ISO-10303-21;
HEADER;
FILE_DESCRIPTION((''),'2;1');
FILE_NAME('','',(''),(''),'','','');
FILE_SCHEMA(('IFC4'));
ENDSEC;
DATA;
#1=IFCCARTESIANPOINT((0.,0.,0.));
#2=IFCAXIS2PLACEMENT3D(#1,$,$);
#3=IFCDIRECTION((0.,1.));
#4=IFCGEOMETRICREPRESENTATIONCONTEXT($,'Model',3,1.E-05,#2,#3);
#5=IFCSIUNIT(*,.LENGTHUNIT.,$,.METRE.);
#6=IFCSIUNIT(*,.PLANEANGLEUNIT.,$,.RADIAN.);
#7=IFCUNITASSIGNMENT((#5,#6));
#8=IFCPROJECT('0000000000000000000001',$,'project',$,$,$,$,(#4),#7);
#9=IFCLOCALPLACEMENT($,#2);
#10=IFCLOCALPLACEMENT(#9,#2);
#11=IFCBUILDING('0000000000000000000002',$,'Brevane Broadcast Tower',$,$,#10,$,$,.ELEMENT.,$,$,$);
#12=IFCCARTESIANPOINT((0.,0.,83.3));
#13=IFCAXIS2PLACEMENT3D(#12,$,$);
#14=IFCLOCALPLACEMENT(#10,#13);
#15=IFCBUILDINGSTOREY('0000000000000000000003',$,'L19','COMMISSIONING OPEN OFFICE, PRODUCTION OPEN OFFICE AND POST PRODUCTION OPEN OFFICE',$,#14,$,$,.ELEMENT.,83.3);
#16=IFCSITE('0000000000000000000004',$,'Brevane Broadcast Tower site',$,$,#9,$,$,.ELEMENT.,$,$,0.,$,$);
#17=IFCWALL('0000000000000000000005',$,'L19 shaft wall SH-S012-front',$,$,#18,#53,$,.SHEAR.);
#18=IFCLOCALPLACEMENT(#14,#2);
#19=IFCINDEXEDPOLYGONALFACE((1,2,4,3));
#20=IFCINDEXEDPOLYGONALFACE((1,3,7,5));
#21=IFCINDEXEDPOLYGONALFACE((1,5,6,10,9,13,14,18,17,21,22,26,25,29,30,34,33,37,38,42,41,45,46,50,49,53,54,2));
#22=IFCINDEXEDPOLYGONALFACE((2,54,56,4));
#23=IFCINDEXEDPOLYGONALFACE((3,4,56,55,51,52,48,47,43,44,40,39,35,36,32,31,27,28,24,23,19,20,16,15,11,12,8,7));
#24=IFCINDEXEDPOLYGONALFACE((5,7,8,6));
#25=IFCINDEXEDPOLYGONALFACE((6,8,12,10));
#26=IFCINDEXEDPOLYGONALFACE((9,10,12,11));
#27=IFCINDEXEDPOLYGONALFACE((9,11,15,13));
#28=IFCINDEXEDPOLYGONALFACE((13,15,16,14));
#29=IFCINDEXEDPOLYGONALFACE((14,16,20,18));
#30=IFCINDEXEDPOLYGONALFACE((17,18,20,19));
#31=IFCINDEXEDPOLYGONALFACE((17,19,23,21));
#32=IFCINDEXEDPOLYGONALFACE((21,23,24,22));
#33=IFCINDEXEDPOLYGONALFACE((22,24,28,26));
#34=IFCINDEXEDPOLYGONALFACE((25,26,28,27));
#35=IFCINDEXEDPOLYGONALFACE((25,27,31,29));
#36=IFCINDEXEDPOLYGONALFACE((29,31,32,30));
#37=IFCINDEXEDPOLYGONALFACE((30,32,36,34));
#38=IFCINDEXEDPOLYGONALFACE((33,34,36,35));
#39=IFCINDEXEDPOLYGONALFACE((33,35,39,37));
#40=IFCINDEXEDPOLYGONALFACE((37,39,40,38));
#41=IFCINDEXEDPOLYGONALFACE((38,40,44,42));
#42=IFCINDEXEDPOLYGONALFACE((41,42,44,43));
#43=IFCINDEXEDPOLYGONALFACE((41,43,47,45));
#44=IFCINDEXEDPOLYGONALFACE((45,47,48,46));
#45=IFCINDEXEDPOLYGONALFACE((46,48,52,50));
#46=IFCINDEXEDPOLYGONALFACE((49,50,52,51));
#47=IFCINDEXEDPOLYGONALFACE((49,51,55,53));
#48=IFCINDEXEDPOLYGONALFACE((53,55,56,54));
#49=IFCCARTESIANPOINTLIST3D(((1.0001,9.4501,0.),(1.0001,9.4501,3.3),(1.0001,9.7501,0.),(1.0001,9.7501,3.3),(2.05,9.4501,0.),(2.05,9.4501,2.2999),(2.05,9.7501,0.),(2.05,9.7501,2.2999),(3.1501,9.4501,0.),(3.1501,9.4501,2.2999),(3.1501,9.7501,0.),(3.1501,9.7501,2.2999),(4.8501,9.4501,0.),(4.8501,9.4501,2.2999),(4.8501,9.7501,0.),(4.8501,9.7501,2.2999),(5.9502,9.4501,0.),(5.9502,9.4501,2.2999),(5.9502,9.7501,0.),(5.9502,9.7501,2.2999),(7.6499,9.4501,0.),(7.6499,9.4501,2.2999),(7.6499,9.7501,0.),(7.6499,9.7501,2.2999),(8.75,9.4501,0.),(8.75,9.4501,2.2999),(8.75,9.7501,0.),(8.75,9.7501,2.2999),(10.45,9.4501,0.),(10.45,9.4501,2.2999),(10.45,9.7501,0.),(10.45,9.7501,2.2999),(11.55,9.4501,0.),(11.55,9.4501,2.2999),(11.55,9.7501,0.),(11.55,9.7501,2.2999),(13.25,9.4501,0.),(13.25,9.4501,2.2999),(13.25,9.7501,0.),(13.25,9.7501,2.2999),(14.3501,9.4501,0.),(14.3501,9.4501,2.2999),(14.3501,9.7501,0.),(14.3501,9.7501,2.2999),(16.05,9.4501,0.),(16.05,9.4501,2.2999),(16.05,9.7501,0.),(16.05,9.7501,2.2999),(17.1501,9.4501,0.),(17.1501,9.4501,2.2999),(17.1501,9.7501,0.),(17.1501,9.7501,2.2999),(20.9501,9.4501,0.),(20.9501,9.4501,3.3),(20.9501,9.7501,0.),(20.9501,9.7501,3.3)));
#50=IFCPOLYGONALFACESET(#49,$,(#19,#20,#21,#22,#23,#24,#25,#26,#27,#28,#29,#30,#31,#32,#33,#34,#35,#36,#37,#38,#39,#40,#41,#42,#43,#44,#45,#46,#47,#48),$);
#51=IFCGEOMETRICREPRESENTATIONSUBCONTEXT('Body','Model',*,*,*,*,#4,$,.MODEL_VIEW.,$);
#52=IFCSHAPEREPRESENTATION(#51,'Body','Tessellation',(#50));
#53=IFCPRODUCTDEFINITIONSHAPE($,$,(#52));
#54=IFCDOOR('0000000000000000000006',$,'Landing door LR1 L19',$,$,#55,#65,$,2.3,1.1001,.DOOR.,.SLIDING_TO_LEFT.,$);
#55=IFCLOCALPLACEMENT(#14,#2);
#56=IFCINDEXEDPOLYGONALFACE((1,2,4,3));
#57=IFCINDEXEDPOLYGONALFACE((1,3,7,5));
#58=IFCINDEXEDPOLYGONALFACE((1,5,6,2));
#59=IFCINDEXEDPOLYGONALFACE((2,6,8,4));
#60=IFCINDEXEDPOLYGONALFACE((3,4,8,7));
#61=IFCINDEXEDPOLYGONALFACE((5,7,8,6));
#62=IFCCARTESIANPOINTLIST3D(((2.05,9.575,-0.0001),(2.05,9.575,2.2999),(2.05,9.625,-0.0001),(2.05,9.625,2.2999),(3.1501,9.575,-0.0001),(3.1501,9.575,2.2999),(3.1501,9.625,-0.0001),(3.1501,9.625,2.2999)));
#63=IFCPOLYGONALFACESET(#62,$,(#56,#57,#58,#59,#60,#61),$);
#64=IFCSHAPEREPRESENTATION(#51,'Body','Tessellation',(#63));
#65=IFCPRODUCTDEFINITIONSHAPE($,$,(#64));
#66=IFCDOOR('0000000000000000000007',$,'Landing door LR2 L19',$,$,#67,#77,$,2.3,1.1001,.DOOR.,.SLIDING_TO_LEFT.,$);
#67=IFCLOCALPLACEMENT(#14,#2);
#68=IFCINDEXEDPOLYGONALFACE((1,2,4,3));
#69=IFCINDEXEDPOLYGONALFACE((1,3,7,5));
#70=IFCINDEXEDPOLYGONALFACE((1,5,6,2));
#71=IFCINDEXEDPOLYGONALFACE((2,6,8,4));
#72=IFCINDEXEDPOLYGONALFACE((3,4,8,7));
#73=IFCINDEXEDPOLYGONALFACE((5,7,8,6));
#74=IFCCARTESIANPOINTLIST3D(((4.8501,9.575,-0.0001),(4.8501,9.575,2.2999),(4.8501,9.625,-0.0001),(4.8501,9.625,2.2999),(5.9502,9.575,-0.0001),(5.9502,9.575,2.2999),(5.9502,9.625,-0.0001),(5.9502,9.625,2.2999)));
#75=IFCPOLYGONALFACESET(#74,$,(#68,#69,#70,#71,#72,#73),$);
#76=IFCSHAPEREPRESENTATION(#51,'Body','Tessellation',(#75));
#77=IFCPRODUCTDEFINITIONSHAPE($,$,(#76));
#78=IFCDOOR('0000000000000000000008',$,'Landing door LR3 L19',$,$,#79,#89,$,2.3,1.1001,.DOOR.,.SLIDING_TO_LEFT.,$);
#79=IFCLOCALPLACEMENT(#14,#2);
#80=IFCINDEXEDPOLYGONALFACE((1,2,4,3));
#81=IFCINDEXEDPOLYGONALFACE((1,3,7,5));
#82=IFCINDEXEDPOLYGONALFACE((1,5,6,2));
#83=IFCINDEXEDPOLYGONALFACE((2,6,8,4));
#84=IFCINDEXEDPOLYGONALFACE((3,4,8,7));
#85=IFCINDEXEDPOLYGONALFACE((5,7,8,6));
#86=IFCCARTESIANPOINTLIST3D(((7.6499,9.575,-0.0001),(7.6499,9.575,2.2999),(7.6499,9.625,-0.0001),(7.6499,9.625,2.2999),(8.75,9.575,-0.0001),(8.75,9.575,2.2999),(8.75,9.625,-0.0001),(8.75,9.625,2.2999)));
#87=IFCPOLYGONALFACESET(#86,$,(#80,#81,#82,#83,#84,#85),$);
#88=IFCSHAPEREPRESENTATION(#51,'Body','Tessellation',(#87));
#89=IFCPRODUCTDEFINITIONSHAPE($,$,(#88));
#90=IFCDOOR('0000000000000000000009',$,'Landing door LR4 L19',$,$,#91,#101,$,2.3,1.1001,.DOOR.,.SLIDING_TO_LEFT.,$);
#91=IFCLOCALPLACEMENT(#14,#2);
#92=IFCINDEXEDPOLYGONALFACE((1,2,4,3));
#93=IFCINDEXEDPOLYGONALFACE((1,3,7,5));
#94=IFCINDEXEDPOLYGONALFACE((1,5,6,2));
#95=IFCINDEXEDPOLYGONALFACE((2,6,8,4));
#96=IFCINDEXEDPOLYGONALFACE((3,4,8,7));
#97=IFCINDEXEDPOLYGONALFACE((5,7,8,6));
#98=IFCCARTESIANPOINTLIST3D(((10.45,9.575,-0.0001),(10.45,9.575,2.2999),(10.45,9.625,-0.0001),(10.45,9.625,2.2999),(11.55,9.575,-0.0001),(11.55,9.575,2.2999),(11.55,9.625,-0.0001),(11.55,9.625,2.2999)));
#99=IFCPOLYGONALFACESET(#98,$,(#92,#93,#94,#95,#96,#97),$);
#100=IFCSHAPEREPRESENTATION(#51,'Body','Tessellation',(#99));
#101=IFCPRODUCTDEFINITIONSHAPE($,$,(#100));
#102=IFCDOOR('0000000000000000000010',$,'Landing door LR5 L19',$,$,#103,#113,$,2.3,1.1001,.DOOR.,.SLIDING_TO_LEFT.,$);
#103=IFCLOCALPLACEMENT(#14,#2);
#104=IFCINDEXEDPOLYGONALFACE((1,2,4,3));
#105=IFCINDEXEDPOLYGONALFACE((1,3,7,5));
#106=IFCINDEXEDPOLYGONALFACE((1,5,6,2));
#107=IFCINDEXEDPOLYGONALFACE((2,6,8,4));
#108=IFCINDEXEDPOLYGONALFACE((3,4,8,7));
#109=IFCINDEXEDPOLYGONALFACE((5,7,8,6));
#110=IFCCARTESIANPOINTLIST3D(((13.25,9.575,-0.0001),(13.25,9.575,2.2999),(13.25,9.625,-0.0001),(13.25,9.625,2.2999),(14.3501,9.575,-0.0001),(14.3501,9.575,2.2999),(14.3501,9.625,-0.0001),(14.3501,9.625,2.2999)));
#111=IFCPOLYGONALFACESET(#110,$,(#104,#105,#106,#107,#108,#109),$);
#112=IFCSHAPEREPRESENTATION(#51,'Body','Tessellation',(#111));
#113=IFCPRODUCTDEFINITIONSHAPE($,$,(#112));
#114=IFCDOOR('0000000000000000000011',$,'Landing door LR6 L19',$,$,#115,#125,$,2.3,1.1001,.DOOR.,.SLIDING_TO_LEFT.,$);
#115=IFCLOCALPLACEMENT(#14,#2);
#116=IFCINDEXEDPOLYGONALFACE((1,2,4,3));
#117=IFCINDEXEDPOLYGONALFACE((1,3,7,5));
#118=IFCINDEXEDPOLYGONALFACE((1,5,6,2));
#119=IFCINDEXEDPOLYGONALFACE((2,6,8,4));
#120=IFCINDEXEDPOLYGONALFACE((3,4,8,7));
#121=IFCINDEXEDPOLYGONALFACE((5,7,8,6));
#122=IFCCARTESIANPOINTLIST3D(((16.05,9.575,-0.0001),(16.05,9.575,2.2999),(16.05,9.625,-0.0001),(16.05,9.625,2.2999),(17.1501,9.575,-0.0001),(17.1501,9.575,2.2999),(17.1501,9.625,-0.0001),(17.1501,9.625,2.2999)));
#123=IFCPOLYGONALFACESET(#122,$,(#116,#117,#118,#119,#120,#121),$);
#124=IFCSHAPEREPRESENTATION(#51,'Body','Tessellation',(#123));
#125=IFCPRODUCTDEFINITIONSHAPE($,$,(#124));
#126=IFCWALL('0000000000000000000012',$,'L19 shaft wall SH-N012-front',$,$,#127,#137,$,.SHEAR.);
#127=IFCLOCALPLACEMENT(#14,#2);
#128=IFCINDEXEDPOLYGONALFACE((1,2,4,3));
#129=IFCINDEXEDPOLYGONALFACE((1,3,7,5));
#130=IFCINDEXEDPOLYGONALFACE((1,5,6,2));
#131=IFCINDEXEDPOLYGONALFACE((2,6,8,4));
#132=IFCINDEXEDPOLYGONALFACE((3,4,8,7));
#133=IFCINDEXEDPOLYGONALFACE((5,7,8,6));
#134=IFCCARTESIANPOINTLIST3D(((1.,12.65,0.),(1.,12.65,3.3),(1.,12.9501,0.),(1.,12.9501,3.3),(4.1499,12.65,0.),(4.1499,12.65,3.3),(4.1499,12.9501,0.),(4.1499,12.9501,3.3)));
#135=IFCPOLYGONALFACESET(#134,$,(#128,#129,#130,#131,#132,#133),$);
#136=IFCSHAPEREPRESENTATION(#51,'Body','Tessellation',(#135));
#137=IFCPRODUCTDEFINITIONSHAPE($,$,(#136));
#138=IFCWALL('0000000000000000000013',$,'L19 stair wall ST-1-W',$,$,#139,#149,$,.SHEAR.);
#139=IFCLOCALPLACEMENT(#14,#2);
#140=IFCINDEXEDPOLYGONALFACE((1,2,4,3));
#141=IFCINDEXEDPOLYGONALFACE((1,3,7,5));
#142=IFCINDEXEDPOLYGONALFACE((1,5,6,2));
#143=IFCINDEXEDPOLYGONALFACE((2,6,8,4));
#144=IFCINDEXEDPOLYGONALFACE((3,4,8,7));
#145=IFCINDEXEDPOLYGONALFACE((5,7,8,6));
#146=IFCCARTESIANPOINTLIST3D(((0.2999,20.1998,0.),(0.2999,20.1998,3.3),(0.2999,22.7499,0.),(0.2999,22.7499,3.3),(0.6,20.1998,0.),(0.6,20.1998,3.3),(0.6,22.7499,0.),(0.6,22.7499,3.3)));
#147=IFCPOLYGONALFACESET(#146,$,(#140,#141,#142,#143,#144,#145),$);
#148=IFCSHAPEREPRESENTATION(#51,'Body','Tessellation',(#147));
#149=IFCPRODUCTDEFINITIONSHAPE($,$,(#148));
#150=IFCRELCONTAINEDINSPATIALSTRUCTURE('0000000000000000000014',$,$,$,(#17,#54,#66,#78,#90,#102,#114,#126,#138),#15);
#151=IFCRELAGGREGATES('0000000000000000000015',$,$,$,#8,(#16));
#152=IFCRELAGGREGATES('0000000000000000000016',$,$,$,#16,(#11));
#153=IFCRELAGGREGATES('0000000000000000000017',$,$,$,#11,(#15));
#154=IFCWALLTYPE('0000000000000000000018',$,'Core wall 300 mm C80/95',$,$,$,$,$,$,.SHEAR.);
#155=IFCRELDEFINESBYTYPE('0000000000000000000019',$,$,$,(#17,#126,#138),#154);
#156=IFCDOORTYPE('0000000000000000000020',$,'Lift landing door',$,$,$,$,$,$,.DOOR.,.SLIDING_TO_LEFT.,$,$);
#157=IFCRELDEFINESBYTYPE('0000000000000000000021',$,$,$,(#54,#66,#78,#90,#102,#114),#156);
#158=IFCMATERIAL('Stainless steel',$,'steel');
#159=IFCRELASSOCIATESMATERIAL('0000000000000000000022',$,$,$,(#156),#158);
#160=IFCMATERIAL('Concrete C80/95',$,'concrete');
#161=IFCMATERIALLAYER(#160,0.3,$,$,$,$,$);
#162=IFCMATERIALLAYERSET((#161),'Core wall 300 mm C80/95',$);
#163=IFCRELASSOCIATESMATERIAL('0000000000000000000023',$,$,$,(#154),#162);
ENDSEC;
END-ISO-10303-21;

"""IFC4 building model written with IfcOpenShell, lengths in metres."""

from ifc_helpers import new_model, si_unit, direction, frame, frame_2d, origin, place, context, subcontext, project, spatial, rectangle, extrude, material, layer, layer_set, type_object, element, fill, save


model = new_model("IFC4")

# Units and contexts
model_context = context("Model", 3, precision=1e-05, world=origin(), true_north=direction((0.0, 1.0)))
body_context = subcontext(model_context, "Body", "Model", "MODEL_VIEW")
ifc_project = project(units=[si_unit("LENGTHUNIT", "METRE"), si_unit("PLANEANGLEUNIT", "RADIAN")], contexts=[model_context])

# Site, building, storey
site_placement = place(None, origin())
site = spatial("IfcSite", under=ifc_project, at=site_placement, Name="Brevane Broadcast Tower site", CompositionType="ELEMENT", RefElevation=0.0)
building_placement = place(site_placement, origin())
building = spatial("IfcBuilding", under=site, at=building_placement, Name="Brevane Broadcast Tower", CompositionType="ELEMENT")
storey_placement = place(building_placement, frame((0.0, 0.0, 83.3)))
storey = spatial("IfcBuildingStorey", under=building, at=storey_placement, Name="L19", Description="COMMISSIONING OPEN OFFICE, PRODUCTION OPEN OFFICE AND POST PRODUCTION OPEN OFFICE", CompositionType="ELEMENT", Elevation=83.3)

# Shared definitions
ifc_material_1 = material(Name="Concrete C80/95", Category="concrete")
ifc_material_2 = material(Name="Stainless steel", Category="steel")
door_type = type_object("IfcDoorType", Name="Lift landing door", OperationType="SLIDING_TO_LEFT", PredefinedType="DOOR", material=ifc_material_2)

# Wall, openings, doors
ifc_layer_1 = layer(ifc_material_1, 0.3)
ifc_layer_set_1 = layer_set([ifc_layer_1], Name="Core wall 300 mm C80/95")
wall_type_1 = type_object("IfcWallType", Name="Core wall 300 mm C80/95", PredefinedType="SHEAR", material=ifc_layer_set_1)
wall_1_placement = place(storey_placement, frame((1.0, 9.6001, 0.0), z_axis=(0.0, 0.0, 1.0), x_axis=(1.0, 0.0, 0.0)))
wall_1 = element("IfcWall", 1, at=wall_1_placement, inside=storey, type_object=wall_type_1, Name="L19 shaft wall SH-S012-front", PredefinedType="SHEAR", context=body_context, shape_type="SweptSolid", body=[
    extrude(rectangle(XDim=19.95, YDim=0.3, at=frame_2d((9.9751, 0.0))), origin(), (0.0, 0.0, 1.0), 3.3),
])
opening_1_placement = place(wall_1_placement, frame((1.05, 0.0, 0.0)))
opening_1 = element("IfcOpeningElement", 2, at=opening_1_placement, cuts=wall_1, PredefinedType="OPENING", context=body_context, shape_type="SweptSolid", body=[
    extrude(rectangle(XDim=1.1001, YDim=2.3, at=frame_2d((0.55, 1.1499))), frame((0.0, 0.1599, 0.0), z_axis=(0.0, -1.0, 0.0), x_axis=(1.0, 0.0, 0.0)), (0.0, 0.0, 1.0), 0.3201),
])
opening_2_placement = place(wall_1_placement, frame((3.8501, 0.0, 0.0)))
opening_2 = element("IfcOpeningElement", 3, at=opening_2_placement, cuts=wall_1, PredefinedType="OPENING", context=body_context, shape_type="SweptSolid", body=[
    extrude(rectangle(XDim=1.1001, YDim=2.3, at=frame_2d((0.55, 1.1499))), frame((0.0, 0.1599, 0.0), z_axis=(0.0, -1.0, 0.0), x_axis=(1.0, 0.0, 0.0)), (0.0, 0.0, 1.0), 0.3201),
])
opening_3_placement = place(wall_1_placement, frame((6.6499, 0.0, 0.0)))
opening_3 = element("IfcOpeningElement", 4, at=opening_3_placement, cuts=wall_1, PredefinedType="OPENING", context=body_context, shape_type="SweptSolid", body=[
    extrude(rectangle(XDim=1.1001, YDim=2.3, at=frame_2d((0.55, 1.1499))), frame((0.0, 0.1599, 0.0), z_axis=(0.0, -1.0, 0.0), x_axis=(1.0, 0.0, 0.0)), (0.0, 0.0, 1.0), 0.3201),
])
opening_4_placement = place(wall_1_placement, frame((9.45, 0.0, 0.0)))
opening_4 = element("IfcOpeningElement", 5, at=opening_4_placement, cuts=wall_1, PredefinedType="OPENING", context=body_context, shape_type="SweptSolid", body=[
    extrude(rectangle(XDim=1.1001, YDim=2.3, at=frame_2d((0.55, 1.1499))), frame((0.0, 0.1599, 0.0), z_axis=(0.0, -1.0, 0.0), x_axis=(1.0, 0.0, 0.0)), (0.0, 0.0, 1.0), 0.3201),
])
opening_5_placement = place(wall_1_placement, frame((12.25, 0.0, 0.0)))
opening_5 = element("IfcOpeningElement", 6, at=opening_5_placement, cuts=wall_1, PredefinedType="OPENING", context=body_context, shape_type="SweptSolid", body=[
    extrude(rectangle(XDim=1.1001, YDim=2.3, at=frame_2d((0.55, 1.1499))), frame((0.0, 0.1599, 0.0), z_axis=(0.0, -1.0, 0.0), x_axis=(1.0, 0.0, 0.0)), (0.0, 0.0, 1.0), 0.3201),
])
opening_6_placement = place(wall_1_placement, frame((15.05, 0.0, 0.0)))
opening_6 = element("IfcOpeningElement", 7, at=opening_6_placement, cuts=wall_1, PredefinedType="OPENING", context=body_context, shape_type="SweptSolid", body=[
    extrude(rectangle(XDim=1.1001, YDim=2.3, at=frame_2d((0.55, 1.1499))), frame((0.0, 0.1599, 0.0), z_axis=(0.0, -1.0, 0.0), x_axis=(1.0, 0.0, 0.0)), (0.0, 0.0, 1.0), 0.3201),
])
door_1_placement = place(opening_1_placement, origin())
door_1 = element("IfcDoor", 8, at=door_1_placement, inside=storey, type_object=door_type, Name="Landing door LR1 L19", OperationType="SLIDING_TO_LEFT", OverallHeight=2.3, OverallWidth=1.1001, PredefinedType="DOOR", context=body_context, shape_type="SweptSolid", body=[
    extrude(rectangle(XDim=1.1001, YDim=2.3, at=frame_2d((0.55, 1.1499))), frame((0.0, 0.0249, 0.0), z_axis=(0.0, -1.0, 0.0), x_axis=(1.0, 0.0, 0.0)), (0.0, 0.0, 1.0), 0.05),
])
fill(opening_1, door_1)
door_2_placement = place(opening_2_placement, origin())
door_2 = element("IfcDoor", 9, at=door_2_placement, inside=storey, type_object=door_type, Name="Landing door LR2 L19", OperationType="SLIDING_TO_LEFT", OverallHeight=2.3, OverallWidth=1.1001, PredefinedType="DOOR", context=body_context, shape_type="SweptSolid", body=[
    extrude(rectangle(XDim=1.1001, YDim=2.3, at=frame_2d((0.55, 1.1499))), frame((0.0, 0.0249, 0.0), z_axis=(0.0, -1.0, 0.0), x_axis=(1.0, 0.0, 0.0)), (0.0, 0.0, 1.0), 0.05),
])
fill(opening_2, door_2)
door_3_placement = place(opening_3_placement, origin())
door_3 = element("IfcDoor", 10, at=door_3_placement, inside=storey, type_object=door_type, Name="Landing door LR3 L19", OperationType="SLIDING_TO_LEFT", OverallHeight=2.3, OverallWidth=1.1001, PredefinedType="DOOR", context=body_context, shape_type="SweptSolid", body=[
    extrude(rectangle(XDim=1.1001, YDim=2.3, at=frame_2d((0.55, 1.1499))), frame((0.0, 0.0249, 0.0), z_axis=(0.0, -1.0, 0.0), x_axis=(1.0, 0.0, 0.0)), (0.0, 0.0, 1.0), 0.05),
])
fill(opening_3, door_3)
door_4_placement = place(opening_4_placement, origin())
door_4 = element("IfcDoor", 11, at=door_4_placement, inside=storey, type_object=door_type, Name="Landing door LR4 L19", OperationType="SLIDING_TO_LEFT", OverallHeight=2.3, OverallWidth=1.1001, PredefinedType="DOOR", context=body_context, shape_type="SweptSolid", body=[
    extrude(rectangle(XDim=1.1001, YDim=2.3, at=frame_2d((0.55, 1.1499))), frame((0.0, 0.0249, 0.0), z_axis=(0.0, -1.0, 0.0), x_axis=(1.0, 0.0, 0.0)), (0.0, 0.0, 1.0), 0.05),
])
fill(opening_4, door_4)
door_5_placement = place(opening_5_placement, origin())
door_5 = element("IfcDoor", 12, at=door_5_placement, inside=storey, type_object=door_type, Name="Landing door LR5 L19", OperationType="SLIDING_TO_LEFT", OverallHeight=2.3, OverallWidth=1.1001, PredefinedType="DOOR", context=body_context, shape_type="SweptSolid", body=[
    extrude(rectangle(XDim=1.1001, YDim=2.3, at=frame_2d((0.55, 1.1499))), frame((0.0, 0.0249, 0.0), z_axis=(0.0, -1.0, 0.0), x_axis=(1.0, 0.0, 0.0)), (0.0, 0.0, 1.0), 0.05),
])
fill(opening_5, door_5)
door_6_placement = place(opening_6_placement, origin())
door_6 = element("IfcDoor", 13, at=door_6_placement, inside=storey, type_object=door_type, Name="Landing door LR6 L19", OperationType="SLIDING_TO_LEFT", OverallHeight=2.3, OverallWidth=1.1001, PredefinedType="DOOR", context=body_context, shape_type="SweptSolid", body=[
    extrude(rectangle(XDim=1.1001, YDim=2.3, at=frame_2d((0.55, 1.1499))), frame((0.0, 0.0249, 0.0), z_axis=(0.0, -1.0, 0.0), x_axis=(1.0, 0.0, 0.0)), (0.0, 0.0, 1.0), 0.05),
])
fill(opening_6, door_6)

# Walls
wall_2_placement = place(storey_placement, frame((1.0, 12.8, 0.0), z_axis=(0.0, 0.0, 1.0), x_axis=(1.0, 0.0, 0.0)))
element("IfcWall", 14, at=wall_2_placement, inside=storey, type_object=wall_type_1, Name="L19 shaft wall SH-N012-front", PredefinedType="SHEAR", context=body_context, shape_type="SweptSolid", body=[
    extrude(rectangle(XDim=3.1499, YDim=0.3, at=frame_2d((1.575, 0.0))), origin(), (0.0, 0.0, 1.0), 3.3),
])
wall_3_placement = place(storey_placement, frame((0.45, 20.2, 0.0), z_axis=(0.0, 0.0, 1.0), x_axis=(0.0, 1.0, 0.0)))
element("IfcWall", 15, at=wall_3_placement, inside=storey, type_object=wall_type_1, Name="L19 stair wall ST-1-W", PredefinedType="SHEAR", context=body_context, shape_type="SweptSolid", body=[
    extrude(rectangle(XDim=2.55, YDim=0.3, at=frame_2d((1.2749, 0.0))), origin(), (0.0, 0.0, 1.0), 3.3),
])

save(model, "model.ifc")
